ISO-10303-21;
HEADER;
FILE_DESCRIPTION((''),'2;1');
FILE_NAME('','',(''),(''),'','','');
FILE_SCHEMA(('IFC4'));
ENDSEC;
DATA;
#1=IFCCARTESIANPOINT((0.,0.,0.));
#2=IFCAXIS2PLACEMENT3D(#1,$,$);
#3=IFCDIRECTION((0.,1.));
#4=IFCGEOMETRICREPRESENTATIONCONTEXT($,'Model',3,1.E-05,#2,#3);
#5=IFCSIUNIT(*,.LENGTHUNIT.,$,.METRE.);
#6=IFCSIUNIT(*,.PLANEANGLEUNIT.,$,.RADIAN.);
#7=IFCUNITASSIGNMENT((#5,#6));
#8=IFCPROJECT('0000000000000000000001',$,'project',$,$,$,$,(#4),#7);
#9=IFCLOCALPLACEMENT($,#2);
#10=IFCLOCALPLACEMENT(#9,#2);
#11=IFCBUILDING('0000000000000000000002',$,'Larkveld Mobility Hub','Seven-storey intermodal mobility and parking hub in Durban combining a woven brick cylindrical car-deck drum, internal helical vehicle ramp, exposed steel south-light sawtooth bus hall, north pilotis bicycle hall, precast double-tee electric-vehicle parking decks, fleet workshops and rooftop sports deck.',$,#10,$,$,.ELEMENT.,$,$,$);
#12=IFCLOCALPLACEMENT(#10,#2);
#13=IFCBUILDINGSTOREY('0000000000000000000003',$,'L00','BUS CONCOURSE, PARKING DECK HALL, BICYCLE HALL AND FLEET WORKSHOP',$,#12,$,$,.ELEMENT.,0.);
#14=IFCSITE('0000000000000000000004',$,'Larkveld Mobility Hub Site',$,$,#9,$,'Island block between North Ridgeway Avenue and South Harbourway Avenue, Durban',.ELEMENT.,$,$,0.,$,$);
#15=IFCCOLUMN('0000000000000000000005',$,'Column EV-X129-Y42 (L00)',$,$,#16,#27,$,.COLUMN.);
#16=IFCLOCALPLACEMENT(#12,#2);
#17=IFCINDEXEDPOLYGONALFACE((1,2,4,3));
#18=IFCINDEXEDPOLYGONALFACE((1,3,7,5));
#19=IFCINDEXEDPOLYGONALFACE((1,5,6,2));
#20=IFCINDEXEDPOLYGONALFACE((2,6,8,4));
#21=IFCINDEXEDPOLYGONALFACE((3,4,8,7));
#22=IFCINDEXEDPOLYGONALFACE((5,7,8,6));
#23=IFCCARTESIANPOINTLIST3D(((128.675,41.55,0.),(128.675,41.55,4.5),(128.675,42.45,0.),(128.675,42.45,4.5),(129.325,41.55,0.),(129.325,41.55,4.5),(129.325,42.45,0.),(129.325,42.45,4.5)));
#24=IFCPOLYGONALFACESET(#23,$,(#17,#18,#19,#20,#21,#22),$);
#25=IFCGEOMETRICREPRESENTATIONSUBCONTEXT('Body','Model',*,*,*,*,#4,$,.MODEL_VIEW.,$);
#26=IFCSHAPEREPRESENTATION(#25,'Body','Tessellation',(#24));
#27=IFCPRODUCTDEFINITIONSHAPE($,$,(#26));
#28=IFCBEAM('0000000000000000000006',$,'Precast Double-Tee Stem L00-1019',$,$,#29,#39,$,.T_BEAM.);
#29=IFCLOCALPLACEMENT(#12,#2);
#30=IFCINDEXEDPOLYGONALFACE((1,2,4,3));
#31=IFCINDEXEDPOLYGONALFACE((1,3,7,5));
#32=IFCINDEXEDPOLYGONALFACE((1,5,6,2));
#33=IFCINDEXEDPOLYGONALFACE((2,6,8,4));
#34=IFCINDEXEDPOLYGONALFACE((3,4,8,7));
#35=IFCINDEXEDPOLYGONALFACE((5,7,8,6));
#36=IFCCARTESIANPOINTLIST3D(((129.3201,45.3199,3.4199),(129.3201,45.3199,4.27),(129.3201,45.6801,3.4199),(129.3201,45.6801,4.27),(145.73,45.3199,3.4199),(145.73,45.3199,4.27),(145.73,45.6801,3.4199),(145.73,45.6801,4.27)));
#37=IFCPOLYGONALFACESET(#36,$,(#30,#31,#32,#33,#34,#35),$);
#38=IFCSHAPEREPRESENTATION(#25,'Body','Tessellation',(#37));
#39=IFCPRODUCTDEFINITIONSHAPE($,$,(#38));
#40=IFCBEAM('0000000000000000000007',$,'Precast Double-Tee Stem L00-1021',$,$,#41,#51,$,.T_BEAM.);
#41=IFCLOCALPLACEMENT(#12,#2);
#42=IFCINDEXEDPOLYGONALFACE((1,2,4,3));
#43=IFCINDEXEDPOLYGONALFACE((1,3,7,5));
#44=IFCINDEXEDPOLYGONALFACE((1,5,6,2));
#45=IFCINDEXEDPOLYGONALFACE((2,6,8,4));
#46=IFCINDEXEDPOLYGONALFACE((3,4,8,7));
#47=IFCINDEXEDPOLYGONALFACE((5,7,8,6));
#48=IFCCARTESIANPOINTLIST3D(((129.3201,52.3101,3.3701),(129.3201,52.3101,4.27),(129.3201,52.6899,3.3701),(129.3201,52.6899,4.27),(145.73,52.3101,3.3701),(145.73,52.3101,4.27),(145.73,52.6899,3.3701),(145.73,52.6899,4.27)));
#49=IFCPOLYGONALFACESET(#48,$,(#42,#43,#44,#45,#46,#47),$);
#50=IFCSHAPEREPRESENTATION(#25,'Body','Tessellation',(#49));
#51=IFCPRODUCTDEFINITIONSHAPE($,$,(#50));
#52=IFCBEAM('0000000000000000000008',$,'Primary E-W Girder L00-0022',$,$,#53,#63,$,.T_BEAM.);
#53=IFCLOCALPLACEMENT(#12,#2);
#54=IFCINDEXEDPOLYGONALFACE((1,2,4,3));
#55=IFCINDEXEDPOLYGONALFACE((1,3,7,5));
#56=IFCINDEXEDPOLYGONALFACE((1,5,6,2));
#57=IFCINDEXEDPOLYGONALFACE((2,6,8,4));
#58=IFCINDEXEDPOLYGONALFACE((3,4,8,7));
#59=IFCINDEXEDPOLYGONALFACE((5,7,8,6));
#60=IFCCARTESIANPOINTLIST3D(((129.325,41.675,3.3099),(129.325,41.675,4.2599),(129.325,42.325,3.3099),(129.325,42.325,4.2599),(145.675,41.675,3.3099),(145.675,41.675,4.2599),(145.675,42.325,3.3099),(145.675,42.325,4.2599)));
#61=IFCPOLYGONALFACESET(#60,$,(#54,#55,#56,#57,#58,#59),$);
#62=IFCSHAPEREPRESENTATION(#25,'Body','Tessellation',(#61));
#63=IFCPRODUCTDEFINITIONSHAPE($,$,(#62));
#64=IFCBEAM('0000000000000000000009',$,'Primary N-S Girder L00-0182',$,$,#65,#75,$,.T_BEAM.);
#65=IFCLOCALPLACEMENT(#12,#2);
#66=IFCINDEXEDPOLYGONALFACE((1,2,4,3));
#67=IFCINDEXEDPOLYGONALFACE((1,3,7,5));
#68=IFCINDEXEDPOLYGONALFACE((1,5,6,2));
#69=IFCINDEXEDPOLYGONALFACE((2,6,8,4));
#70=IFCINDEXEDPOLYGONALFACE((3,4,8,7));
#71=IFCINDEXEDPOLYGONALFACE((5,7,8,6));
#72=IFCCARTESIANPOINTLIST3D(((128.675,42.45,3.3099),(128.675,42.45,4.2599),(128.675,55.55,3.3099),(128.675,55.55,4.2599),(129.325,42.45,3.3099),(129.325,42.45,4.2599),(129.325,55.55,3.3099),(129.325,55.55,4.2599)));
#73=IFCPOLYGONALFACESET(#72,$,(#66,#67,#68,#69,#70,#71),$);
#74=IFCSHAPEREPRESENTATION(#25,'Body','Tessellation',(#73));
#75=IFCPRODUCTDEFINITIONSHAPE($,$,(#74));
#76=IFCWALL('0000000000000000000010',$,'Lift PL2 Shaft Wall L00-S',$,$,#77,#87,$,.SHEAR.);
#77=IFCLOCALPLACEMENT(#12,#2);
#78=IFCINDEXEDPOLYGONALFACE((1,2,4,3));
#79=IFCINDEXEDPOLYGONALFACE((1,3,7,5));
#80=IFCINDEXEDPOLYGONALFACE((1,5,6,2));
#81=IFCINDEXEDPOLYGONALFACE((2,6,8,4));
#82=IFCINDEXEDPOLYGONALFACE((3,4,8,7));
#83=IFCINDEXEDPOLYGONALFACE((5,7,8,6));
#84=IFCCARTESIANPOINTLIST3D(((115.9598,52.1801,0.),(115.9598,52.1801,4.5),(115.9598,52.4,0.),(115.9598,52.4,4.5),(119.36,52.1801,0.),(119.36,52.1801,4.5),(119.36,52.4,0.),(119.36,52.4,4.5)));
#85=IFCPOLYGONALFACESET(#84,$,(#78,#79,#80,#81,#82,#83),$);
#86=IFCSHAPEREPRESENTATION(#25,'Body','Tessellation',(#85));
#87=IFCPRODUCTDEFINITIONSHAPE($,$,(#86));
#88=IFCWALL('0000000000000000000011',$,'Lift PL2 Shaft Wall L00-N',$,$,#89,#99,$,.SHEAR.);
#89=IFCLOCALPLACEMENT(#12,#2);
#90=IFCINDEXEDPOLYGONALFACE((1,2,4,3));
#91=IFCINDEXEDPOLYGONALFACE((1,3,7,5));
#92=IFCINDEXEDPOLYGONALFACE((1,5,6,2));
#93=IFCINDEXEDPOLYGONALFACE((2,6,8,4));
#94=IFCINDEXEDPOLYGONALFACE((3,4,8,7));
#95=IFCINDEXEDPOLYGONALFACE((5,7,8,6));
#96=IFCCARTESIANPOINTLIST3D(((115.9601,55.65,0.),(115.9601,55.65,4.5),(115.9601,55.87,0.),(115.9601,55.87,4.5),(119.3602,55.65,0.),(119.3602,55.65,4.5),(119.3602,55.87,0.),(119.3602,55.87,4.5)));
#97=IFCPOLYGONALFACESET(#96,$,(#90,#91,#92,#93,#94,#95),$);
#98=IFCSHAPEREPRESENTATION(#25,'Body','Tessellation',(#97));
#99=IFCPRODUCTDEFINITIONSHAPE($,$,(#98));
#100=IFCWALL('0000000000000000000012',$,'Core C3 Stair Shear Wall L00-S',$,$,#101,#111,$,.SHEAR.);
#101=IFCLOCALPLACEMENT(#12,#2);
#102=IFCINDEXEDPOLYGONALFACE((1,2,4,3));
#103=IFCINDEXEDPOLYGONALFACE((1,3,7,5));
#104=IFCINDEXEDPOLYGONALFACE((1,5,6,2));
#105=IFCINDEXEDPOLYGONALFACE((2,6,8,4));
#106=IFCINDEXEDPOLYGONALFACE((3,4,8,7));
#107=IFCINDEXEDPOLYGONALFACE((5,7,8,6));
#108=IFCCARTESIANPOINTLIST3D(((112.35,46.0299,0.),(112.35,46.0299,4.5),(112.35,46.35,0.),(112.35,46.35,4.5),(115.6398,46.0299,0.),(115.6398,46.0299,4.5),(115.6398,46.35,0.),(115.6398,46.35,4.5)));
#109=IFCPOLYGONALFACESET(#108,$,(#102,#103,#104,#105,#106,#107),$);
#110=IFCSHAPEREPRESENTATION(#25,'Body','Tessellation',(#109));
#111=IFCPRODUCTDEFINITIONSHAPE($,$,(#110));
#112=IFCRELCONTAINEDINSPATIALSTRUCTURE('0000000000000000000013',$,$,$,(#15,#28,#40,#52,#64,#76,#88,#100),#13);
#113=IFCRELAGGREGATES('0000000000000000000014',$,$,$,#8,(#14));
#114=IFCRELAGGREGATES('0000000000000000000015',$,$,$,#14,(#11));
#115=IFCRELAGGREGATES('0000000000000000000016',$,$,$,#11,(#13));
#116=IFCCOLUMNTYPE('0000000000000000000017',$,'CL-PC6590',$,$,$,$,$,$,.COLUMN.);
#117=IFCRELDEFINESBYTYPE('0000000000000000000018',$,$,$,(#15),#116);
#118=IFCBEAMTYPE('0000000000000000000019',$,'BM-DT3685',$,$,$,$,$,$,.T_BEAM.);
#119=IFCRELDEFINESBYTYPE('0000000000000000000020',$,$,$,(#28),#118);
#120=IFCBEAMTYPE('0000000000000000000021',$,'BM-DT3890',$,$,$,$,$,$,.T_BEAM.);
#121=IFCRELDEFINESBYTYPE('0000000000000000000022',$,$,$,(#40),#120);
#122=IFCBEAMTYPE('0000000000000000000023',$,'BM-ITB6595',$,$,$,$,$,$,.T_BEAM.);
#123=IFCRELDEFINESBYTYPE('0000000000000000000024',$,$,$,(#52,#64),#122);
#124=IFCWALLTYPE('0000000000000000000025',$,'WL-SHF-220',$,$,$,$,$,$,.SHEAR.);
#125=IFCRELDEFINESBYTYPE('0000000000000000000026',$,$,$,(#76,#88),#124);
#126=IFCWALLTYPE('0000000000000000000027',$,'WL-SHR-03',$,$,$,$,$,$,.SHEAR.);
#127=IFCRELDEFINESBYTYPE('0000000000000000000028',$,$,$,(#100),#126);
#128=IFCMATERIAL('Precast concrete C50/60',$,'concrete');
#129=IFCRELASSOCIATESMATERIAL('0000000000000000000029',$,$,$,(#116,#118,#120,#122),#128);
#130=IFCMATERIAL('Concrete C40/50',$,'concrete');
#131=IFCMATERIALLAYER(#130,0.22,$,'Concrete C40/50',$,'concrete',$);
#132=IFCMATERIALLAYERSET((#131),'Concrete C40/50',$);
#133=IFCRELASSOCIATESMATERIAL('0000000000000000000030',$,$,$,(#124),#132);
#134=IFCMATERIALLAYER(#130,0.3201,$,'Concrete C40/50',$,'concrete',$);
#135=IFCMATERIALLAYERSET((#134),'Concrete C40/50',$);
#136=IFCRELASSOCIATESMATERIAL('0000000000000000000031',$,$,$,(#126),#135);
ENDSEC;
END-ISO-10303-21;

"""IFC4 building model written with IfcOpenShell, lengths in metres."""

from ifc_helpers import new_model, si_unit, direction, frame, frame_2d, origin, origin_2d, place, context, subcontext, project, spatial, rectangle, extrude, material, layer, layer_set, material_profile, profile_set, type_object, element, save


model = new_model("IFC4")

# Units and contexts
model_context = context("Model", 3, precision=1e-05, world=origin(), true_north=direction((0.0, 1.0)))
body_context = subcontext(model_context, "Body", "Model", "MODEL_VIEW")
ifc_project = project(units=[si_unit("LENGTHUNIT", "METRE"), si_unit("PLANEANGLEUNIT", "RADIAN")], contexts=[model_context])

# Site, building, storey
site_placement = place(None, origin())
site = spatial("IfcSite", under=ifc_project, at=site_placement, Name="Larkveld Mobility Hub Site", LongName="Island block between North Ridgeway Avenue and South Harbourway Avenue, Durban", CompositionType="ELEMENT", RefElevation=0.0)
building_placement = place(site_placement, origin())
building = spatial("IfcBuilding", under=site, at=building_placement, Name="Larkveld Mobility Hub", Description="Seven-storey intermodal mobility and parking hub in Durban combining a woven brick cylindrical car-deck drum, internal helical vehicle ramp, exposed steel south-light sawtooth bus hall, north pilotis bicycle hall, precast double-tee electric-vehicle parking decks, fleet workshops and rooftop sports deck.", CompositionType="ELEMENT")
storey_placement = place(building_placement, origin())
storey = spatial("IfcBuildingStorey", under=building, at=storey_placement, Name="L00", Description="BUS CONCOURSE, PARKING DECK HALL, BICYCLE HALL AND FLEET WORKSHOP", CompositionType="ELEMENT", Elevation=0.0)

# Column
ifc_material_1 = material(Name="Precast concrete C50/60", Category="concrete")
ifc_material_profile_1 = material_profile(ifc_material_1, rectangle(XDim=0.6499, YDim=0.8999, at=origin_2d()), Name="RC COL 650x900")
ifc_profile_set_1 = profile_set([ifc_material_profile_1], Name="Precast concrete C50/60")
column_type = type_object("IfcColumnType", Name="CL-PC6590", PredefinedType="COLUMN", material=ifc_profile_set_1)
column_placement = place(storey_placement, frame((129.0, 42.0, 0.0), z_axis=(0.0, 0.0, 1.0), x_axis=(1.0, 0.0, 0.0)))
element("IfcColumn", 1, at=column_placement, inside=storey, type_object=column_type, Name="Column EV-X129-Y42 (L00)", PredefinedType="COLUMN", context=body_context, shape_type="SweptSolid", body=[
    extrude(rectangle(XDim=0.6499, YDim=0.8999, at=origin_2d()), origin(), (0.0, 0.0, 1.0), 4.5),
])

# Beams
ifc_material_profile_2 = material_profile(ifc_material_1, rectangle(XDim=0.3601, YDim=0.8501, at=origin_2d()), Name="PC DT 360x850")
ifc_profile_set_2 = profile_set([ifc_material_profile_2], Name="Precast concrete C50/60")
beam_type_1 = type_object("IfcBeamType", Name="BM-DT3685", PredefinedType="T_BEAM", material=ifc_profile_set_2)
beam_1_placement = place(storey_placement, frame((129.3201, 45.5, 3.845), z_axis=(1.0, 0.0, 0.0), x_axis=(0.0, 1.0, 0.0)))
element("IfcBeam", 2, at=beam_1_placement, inside=storey, type_object=beam_type_1, Name="Precast Double-Tee Stem L00-1019", PredefinedType="T_BEAM", context=body_context, shape_type="SweptSolid", body=[
    extrude(rectangle(XDim=0.3601, YDim=0.8501, at=origin_2d()), origin(), (0.0, 0.0, 1.0), 16.4099),
])
ifc_material_profile_3 = material_profile(ifc_material_1, rectangle(XDim=0.3799, YDim=0.8999, at=origin_2d()), Name="PC DT 380x900")
ifc_profile_set_3 = profile_set([ifc_material_profile_3], Name="Precast concrete C50/60")
beam_type_2 = type_object("IfcBeamType", Name="BM-DT3890", PredefinedType="T_BEAM", material=ifc_profile_set_3)
beam_2_placement = place(storey_placement, frame((129.3201, 52.5, 3.8201), z_axis=(1.0, 0.0, 0.0), x_axis=(0.0, 1.0, 0.0)))
element("IfcBeam", 3, at=beam_2_placement, inside=storey, type_object=beam_type_2, Name="Precast Double-Tee Stem L00-1021", PredefinedType="T_BEAM", context=body_context, shape_type="SweptSolid", body=[
    extrude(rectangle(XDim=0.3799, YDim=0.8999, at=origin_2d()), origin(), (0.0, 0.0, 1.0), 16.4099),
])
ifc_material_profile_4 = material_profile(ifc_material_1, rectangle(XDim=0.6499, YDim=0.95, at=origin_2d()), Name="PC ITB 650x950")
ifc_profile_set_4 = profile_set([ifc_material_profile_4], Name="Precast concrete C50/60")
beam_type_3 = type_object("IfcBeamType", Name="BM-ITB6595", PredefinedType="T_BEAM", material=ifc_profile_set_4)
beam_3_placement = place(storey_placement, frame((129.325, 42.0, 3.7849), z_axis=(1.0, 0.0, 0.0), x_axis=(0.0, 1.0, 0.0)))
element("IfcBeam", 4, at=beam_3_placement, inside=storey, type_object=beam_type_3, Name="Primary E-W Girder L00-0022", PredefinedType="T_BEAM", context=body_context, shape_type="SweptSolid", body=[
    extrude(rectangle(XDim=0.6499, YDim=0.95, at=origin_2d()), origin(), (0.0, 0.0, 1.0), 16.3501),
])
beam_4_placement = place(storey_placement, frame((129.0, 42.45, 3.7849), z_axis=(0.0, 1.0, 0.0), x_axis=(-1.0, 0.0, 0.0)))
element("IfcBeam", 5, at=beam_4_placement, inside=storey, type_object=beam_type_3, Name="Primary N-S Girder L00-0182", PredefinedType="T_BEAM", context=body_context, shape_type="SweptSolid", body=[
    extrude(rectangle(XDim=0.6499, YDim=0.95, at=origin_2d()), origin(), (0.0, 0.0, 1.0), 13.1001),
])

# Walls
ifc_material_2 = material(Name="Concrete C40/50", Category="concrete")
ifc_layer_1 = layer(ifc_material_2, 0.22, Name="Concrete C40/50", Category="concrete")
ifc_layer_set_1 = layer_set([ifc_layer_1], Name="Concrete C40/50")
wall_type_1 = type_object("IfcWallType", Name="WL-SHF-220", PredefinedType="SHEAR", material=ifc_layer_set_1)
for number, where, z_axis, x_axis, name in (
    (6, (119.3601, 52.29, 0.0), (0.0, 0.0, 1.0), (-1.0, 0.0, 0.0), "Lift PL2 Shaft Wall L00-S"),
    (7, (115.96, 55.76, 0.0), (0.0, 0.0, 1.0), (1.0, 0.0, 0.0), "Lift PL2 Shaft Wall L00-N"),
):
    element("IfcWall", number, at=place(storey_placement, frame(where, z_axis=z_axis, x_axis=x_axis)), inside=storey, type_object=wall_type_1, Name=name, PredefinedType="SHEAR", context=body_context, shape_type="SweptSolid", body=[
        extrude(rectangle(XDim=3.4001, YDim=0.22, at=frame_2d((1.7002, 0.0))), origin(), (0.0, 0.0, 1.0), 4.5),
    ])
ifc_layer_2 = layer(ifc_material_2, 0.3201, Name="Concrete C40/50", Category="concrete")
ifc_layer_set_2 = layer_set([ifc_layer_2], Name="Concrete C40/50")
wall_type_2 = type_object("IfcWallType", Name="WL-SHR-03", PredefinedType="SHEAR", material=ifc_layer_set_2)
wall_placement = place(storey_placement, frame((115.6399, 46.1899, 0.0), z_axis=(0.0, 0.0, 1.0), x_axis=(-1.0, 0.0, 0.0)))
element("IfcWall", 8, at=wall_placement, inside=storey, type_object=wall_type_2, Name="Core C3 Stair Shear Wall L00-S", PredefinedType="SHEAR", context=body_context, shape_type="SweptSolid", body=[
    extrude(rectangle(XDim=3.2898, YDim=0.3201, at=frame_2d((1.645, 0.0))), origin(), (0.0, 0.0, 1.0), 4.5),
])

save(model, "model.ifc")
